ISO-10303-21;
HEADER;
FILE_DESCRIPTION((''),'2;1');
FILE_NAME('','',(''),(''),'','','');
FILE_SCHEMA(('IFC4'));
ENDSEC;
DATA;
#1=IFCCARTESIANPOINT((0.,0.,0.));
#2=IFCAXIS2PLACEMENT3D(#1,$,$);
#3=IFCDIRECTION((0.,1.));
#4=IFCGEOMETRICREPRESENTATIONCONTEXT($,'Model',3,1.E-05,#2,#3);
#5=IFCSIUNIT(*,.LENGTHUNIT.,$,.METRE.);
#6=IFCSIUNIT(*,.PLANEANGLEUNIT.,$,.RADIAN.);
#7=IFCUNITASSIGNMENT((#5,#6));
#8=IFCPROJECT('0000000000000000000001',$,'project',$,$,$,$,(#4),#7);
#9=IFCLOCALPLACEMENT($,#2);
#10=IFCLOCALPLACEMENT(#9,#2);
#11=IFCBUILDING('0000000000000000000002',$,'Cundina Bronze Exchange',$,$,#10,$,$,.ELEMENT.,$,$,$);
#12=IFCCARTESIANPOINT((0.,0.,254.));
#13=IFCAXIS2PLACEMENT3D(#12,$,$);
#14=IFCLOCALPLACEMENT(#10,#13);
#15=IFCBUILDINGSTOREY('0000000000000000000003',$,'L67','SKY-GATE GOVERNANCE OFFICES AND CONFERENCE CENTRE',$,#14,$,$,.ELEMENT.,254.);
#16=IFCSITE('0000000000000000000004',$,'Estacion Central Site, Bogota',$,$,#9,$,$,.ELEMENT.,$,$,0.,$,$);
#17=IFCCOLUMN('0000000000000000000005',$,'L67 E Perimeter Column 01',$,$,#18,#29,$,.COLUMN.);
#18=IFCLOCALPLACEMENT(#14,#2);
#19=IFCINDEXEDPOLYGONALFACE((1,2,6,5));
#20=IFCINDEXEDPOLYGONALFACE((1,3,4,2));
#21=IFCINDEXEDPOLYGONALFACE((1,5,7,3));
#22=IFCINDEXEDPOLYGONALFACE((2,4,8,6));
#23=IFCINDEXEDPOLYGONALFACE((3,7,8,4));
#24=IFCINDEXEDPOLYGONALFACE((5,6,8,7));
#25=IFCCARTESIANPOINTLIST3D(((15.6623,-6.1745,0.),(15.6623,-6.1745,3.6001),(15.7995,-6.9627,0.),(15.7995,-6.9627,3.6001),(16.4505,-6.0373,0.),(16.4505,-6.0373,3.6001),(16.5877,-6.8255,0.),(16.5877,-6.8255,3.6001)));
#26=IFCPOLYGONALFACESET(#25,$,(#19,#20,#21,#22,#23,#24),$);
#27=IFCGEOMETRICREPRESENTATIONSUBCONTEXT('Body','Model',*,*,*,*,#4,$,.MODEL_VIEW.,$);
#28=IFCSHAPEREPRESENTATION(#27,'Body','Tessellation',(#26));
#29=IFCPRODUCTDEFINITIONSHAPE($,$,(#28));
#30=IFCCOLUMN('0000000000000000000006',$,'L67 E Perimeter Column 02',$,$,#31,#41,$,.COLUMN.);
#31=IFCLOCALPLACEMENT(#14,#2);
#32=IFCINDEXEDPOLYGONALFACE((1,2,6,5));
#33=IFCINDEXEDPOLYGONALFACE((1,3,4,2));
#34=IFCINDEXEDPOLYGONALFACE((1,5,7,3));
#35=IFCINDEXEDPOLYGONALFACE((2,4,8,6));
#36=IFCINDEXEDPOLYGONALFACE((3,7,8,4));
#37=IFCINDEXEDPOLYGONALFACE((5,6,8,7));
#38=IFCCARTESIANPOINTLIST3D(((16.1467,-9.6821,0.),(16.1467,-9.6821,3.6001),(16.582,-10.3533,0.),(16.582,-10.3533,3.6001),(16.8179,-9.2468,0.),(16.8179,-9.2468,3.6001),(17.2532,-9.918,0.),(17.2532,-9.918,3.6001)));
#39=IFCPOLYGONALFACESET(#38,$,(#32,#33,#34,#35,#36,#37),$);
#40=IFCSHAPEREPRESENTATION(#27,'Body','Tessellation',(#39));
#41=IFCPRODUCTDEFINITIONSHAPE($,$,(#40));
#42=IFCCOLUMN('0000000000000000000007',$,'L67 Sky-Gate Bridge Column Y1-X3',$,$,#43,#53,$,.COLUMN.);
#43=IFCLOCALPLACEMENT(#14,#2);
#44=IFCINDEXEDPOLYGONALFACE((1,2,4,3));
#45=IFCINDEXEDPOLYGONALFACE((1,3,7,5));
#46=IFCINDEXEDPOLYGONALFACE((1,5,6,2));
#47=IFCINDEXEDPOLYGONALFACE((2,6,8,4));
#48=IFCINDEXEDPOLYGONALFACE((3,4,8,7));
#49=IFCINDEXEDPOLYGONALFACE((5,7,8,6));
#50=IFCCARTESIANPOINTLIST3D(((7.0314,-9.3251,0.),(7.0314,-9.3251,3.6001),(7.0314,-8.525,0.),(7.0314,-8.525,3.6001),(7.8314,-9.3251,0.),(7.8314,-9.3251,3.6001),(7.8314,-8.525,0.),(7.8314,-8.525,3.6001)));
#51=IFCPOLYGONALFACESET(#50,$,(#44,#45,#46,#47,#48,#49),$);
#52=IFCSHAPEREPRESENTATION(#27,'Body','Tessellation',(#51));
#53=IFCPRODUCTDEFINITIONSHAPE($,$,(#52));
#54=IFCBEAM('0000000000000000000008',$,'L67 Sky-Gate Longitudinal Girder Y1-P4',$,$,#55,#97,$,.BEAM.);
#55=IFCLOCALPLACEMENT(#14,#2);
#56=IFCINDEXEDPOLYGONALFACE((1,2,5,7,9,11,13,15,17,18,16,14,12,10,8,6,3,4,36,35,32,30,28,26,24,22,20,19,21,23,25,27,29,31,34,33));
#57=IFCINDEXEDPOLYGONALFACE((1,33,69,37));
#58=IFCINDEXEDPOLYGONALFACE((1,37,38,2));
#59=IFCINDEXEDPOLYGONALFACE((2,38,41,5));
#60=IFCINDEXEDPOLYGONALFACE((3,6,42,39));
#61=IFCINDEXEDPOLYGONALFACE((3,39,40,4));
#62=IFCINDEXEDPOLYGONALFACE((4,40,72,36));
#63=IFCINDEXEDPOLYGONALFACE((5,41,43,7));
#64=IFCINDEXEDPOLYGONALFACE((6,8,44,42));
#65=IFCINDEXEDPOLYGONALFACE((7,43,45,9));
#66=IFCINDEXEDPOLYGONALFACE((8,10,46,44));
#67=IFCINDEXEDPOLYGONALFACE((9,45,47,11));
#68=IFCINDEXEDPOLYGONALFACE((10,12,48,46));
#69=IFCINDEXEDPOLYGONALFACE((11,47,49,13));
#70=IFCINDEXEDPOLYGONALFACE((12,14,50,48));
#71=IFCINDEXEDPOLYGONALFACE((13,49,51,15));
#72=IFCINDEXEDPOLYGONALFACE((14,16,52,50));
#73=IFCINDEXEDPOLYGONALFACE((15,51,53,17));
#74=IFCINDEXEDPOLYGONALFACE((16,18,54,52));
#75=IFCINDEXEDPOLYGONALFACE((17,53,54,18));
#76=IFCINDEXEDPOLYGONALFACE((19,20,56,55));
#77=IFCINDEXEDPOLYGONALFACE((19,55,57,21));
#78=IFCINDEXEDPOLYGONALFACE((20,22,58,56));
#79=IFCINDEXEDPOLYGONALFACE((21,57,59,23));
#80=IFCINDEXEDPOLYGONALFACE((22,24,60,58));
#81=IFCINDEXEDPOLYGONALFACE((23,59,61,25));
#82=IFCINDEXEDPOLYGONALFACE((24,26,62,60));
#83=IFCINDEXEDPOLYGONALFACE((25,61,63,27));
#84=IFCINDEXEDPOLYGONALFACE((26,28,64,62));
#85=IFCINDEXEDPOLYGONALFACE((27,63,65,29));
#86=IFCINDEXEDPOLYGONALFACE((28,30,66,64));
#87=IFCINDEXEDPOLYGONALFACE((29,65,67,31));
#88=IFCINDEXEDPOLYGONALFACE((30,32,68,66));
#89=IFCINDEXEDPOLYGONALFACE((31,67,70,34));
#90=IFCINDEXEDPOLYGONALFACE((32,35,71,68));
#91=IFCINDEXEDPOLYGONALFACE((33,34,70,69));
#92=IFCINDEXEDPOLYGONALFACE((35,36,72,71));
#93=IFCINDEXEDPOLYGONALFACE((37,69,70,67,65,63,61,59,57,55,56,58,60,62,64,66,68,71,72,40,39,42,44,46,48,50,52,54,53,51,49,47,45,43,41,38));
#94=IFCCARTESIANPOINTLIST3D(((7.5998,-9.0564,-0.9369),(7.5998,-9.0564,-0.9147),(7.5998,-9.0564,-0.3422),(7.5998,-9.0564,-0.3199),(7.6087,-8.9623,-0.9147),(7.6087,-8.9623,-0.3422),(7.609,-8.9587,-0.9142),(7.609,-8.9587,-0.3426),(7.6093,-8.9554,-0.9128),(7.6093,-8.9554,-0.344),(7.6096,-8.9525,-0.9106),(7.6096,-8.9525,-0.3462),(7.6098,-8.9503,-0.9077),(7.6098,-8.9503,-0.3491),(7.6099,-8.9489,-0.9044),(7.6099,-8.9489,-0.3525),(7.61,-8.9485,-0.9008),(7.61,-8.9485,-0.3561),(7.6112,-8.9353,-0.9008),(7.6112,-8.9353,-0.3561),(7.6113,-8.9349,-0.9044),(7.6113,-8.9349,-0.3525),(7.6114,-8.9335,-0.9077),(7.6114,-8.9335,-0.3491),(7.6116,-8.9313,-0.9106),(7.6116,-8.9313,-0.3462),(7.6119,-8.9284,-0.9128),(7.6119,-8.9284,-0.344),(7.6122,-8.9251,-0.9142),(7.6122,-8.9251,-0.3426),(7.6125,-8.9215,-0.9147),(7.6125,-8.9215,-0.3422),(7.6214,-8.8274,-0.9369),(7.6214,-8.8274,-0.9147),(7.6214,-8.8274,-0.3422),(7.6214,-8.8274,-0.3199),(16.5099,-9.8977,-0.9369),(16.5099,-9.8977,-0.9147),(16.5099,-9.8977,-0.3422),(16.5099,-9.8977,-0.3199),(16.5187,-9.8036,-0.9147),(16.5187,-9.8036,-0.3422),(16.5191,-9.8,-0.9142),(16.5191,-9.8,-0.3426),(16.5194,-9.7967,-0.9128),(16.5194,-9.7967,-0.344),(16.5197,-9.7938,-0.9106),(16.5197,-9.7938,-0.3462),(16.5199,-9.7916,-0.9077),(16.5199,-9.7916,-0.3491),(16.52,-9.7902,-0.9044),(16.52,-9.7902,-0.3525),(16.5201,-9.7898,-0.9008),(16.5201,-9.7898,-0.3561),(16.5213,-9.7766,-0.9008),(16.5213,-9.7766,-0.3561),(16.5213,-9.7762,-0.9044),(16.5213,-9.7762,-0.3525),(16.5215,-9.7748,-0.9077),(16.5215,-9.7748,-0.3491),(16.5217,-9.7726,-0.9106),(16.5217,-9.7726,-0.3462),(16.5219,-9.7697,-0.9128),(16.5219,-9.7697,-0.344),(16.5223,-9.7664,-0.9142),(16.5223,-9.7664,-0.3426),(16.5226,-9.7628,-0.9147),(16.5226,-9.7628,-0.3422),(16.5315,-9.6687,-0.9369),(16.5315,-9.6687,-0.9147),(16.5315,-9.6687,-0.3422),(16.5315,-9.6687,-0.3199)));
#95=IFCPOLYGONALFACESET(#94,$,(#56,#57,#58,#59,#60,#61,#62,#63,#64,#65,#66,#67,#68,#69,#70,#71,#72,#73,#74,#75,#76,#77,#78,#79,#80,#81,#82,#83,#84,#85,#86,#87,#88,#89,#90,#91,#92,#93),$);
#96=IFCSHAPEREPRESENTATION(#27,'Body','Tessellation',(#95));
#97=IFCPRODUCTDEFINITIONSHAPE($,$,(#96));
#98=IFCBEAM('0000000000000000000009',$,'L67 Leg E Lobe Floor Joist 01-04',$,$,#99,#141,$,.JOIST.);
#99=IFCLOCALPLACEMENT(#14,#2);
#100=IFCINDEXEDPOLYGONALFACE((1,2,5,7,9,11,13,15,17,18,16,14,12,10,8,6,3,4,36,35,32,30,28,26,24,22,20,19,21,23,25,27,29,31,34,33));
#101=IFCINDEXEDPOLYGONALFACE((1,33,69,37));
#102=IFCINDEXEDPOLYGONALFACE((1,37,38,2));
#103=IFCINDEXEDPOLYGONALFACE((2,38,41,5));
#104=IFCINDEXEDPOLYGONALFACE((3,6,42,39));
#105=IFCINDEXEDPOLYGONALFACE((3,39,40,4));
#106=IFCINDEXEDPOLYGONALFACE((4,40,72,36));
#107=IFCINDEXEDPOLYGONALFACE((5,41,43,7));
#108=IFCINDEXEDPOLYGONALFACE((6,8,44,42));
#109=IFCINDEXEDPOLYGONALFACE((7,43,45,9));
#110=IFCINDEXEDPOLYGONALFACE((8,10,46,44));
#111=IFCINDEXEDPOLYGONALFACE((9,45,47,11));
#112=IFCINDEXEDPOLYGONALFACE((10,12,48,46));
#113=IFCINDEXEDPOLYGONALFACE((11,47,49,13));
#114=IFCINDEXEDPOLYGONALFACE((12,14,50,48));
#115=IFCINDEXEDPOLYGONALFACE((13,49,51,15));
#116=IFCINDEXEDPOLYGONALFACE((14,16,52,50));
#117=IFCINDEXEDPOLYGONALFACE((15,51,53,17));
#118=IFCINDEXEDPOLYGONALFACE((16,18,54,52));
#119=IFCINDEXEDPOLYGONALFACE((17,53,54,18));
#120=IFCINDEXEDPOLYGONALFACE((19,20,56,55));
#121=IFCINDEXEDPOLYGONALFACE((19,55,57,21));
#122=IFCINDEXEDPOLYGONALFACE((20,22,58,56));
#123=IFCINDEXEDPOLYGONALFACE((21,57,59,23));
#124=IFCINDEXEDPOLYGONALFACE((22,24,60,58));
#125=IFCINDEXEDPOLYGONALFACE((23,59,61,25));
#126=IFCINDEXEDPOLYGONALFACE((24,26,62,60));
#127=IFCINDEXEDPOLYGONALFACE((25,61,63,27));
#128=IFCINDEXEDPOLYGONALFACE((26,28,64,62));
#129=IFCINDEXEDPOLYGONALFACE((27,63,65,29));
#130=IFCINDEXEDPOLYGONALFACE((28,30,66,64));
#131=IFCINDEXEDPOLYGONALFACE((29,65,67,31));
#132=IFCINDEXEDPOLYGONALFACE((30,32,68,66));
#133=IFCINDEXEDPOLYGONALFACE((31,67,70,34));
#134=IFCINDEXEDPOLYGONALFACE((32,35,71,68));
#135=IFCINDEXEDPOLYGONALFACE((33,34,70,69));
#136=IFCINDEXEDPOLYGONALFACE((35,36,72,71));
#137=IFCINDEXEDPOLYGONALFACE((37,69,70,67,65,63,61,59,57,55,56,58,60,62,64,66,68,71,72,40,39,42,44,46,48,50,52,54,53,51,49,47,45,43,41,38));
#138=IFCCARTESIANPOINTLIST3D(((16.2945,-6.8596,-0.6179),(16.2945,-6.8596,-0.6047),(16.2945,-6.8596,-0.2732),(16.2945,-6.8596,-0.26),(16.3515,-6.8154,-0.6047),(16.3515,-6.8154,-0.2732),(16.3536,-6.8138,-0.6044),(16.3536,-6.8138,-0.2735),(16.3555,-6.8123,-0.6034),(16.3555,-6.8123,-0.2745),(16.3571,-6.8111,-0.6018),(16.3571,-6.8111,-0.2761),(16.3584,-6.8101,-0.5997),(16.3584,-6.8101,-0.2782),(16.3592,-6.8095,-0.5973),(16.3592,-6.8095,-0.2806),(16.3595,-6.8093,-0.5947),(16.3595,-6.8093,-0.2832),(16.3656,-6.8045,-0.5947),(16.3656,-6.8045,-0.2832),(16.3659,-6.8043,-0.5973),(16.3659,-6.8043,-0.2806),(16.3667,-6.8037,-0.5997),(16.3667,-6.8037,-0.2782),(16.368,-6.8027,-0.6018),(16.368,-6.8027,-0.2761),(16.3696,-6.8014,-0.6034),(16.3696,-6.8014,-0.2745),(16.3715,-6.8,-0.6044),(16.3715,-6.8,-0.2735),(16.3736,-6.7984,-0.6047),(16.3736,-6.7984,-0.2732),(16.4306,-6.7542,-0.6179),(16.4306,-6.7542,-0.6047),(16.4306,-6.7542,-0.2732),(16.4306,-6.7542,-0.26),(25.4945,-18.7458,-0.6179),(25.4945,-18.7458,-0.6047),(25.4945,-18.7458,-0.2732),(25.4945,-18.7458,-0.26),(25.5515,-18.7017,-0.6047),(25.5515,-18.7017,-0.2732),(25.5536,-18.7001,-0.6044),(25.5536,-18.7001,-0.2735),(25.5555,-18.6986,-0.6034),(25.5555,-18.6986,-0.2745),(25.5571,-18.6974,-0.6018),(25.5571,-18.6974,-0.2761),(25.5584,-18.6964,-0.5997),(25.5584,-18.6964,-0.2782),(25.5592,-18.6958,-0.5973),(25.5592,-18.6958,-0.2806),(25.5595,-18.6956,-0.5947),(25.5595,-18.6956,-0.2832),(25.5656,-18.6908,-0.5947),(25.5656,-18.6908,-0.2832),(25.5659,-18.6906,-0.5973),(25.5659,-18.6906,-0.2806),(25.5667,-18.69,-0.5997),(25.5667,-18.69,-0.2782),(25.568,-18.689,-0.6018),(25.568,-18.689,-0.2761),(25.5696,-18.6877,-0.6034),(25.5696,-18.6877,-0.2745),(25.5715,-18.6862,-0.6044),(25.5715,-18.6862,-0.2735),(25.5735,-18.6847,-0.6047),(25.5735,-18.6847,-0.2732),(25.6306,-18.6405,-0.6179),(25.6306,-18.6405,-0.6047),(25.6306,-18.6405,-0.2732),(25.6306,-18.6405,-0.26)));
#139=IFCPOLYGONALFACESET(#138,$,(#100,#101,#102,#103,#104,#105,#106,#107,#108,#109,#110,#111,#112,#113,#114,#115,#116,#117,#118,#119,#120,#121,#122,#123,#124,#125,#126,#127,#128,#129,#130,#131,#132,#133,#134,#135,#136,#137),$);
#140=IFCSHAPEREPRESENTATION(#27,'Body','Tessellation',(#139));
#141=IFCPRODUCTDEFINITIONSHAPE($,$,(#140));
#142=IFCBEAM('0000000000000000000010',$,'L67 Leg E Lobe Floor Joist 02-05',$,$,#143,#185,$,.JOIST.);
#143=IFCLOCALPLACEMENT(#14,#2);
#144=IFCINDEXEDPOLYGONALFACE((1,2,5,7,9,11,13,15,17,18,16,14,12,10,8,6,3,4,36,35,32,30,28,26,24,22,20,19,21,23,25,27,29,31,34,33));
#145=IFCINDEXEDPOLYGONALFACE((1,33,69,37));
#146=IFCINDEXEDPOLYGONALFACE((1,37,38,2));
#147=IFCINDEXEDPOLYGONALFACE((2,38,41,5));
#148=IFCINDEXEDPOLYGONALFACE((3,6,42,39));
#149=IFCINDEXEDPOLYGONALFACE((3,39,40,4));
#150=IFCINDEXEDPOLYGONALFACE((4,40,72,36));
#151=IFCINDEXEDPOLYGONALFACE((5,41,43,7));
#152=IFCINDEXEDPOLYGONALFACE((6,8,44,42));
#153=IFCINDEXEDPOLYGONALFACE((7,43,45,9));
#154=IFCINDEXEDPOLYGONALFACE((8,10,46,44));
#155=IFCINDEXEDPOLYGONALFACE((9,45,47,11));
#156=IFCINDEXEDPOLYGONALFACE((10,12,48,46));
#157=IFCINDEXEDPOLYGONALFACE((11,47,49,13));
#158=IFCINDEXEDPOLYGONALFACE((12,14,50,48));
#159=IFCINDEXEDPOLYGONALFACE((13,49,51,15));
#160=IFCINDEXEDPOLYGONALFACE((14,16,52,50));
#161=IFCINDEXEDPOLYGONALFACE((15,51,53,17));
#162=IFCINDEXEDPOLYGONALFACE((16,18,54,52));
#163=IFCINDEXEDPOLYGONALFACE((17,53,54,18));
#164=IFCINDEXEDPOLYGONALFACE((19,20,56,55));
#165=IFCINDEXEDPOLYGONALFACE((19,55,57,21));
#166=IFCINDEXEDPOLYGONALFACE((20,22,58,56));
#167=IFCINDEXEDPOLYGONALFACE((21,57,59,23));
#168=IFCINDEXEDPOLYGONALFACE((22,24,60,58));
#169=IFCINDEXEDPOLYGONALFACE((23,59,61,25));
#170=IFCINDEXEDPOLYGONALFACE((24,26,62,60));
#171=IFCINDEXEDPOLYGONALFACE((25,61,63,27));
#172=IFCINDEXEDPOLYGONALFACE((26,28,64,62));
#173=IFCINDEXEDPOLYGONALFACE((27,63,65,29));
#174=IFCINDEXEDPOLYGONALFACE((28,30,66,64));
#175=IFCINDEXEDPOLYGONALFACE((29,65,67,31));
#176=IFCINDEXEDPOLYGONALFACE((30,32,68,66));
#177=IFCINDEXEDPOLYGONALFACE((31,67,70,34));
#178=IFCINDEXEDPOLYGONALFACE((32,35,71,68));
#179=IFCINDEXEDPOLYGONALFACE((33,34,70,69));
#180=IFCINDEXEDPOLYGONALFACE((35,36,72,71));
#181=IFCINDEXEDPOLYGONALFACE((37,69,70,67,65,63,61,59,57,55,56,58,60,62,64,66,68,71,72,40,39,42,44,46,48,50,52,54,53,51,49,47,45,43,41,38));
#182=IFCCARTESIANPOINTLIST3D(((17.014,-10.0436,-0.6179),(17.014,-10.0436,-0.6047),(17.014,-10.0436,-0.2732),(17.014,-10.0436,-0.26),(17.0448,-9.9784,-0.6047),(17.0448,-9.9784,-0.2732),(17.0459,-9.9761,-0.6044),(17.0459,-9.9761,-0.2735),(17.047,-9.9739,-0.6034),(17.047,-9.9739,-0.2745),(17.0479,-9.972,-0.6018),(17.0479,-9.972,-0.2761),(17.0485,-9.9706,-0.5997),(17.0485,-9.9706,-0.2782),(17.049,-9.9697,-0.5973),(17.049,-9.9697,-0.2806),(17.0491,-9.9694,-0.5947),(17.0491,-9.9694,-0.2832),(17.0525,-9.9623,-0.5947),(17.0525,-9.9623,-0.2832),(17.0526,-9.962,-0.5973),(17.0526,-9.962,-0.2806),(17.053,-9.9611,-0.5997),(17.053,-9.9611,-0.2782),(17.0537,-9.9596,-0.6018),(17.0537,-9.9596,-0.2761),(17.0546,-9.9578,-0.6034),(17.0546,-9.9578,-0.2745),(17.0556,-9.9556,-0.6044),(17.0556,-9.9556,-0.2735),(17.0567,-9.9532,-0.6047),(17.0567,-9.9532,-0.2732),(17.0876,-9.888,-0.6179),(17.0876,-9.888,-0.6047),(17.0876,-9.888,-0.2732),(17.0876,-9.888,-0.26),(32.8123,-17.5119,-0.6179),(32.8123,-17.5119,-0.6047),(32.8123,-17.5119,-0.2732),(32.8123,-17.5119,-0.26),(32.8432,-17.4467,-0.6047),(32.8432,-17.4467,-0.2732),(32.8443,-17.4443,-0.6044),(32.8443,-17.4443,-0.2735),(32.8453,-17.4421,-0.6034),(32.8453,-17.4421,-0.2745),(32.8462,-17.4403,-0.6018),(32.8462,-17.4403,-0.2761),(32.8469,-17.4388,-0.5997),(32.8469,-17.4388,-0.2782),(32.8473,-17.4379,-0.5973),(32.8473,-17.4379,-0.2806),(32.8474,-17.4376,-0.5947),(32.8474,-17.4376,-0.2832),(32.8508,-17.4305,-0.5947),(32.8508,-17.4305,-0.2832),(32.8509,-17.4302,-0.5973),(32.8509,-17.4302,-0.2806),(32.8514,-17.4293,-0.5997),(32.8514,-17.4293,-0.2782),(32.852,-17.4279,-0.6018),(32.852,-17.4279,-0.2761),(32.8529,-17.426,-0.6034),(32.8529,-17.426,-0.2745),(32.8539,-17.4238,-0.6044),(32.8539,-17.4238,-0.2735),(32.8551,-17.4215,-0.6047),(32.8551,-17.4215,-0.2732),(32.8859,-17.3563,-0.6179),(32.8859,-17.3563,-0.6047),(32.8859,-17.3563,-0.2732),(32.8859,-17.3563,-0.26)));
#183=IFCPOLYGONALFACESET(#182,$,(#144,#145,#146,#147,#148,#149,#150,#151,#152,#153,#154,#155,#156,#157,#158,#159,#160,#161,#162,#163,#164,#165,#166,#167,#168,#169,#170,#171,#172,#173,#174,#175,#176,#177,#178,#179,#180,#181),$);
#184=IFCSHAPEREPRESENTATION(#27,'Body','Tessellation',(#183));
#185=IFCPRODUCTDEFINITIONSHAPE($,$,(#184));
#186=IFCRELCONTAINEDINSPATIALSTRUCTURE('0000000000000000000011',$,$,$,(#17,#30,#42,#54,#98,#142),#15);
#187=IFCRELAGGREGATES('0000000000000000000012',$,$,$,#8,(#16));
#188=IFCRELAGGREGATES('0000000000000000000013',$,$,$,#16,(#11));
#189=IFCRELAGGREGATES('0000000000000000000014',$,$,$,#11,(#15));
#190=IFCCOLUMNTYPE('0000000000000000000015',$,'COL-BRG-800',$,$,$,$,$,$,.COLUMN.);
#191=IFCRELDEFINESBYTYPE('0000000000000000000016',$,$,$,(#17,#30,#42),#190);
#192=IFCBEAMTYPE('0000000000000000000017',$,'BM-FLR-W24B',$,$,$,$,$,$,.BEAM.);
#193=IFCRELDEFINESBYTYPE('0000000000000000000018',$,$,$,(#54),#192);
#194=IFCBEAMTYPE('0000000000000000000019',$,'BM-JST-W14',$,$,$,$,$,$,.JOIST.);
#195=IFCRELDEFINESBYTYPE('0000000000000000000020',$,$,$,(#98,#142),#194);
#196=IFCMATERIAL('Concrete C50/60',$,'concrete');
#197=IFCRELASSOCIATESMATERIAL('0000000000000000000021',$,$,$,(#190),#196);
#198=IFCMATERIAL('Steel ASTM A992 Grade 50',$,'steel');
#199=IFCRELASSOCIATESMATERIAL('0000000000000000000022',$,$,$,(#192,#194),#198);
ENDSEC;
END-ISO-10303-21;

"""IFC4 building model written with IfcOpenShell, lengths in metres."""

from ifc_helpers import new_model, si_unit, direction, frame, origin, origin_2d, place, context, subcontext, project, spatial, rectangle, i_section, extrude, material, material_profile, profile_set, type_object, element, save


model = new_model("IFC4")

# Units and contexts
model_context = context("Model", 3, precision=1e-05, world=origin(), true_north=direction((0.0, 1.0)))
body_context = subcontext(model_context, "Body", "Model", "MODEL_VIEW")
ifc_project = project(units=[si_unit("LENGTHUNIT", "METRE"), si_unit("PLANEANGLEUNIT", "RADIAN")], contexts=[model_context])

# Site, building, storey
site_placement = place(None, origin())
site = spatial("IfcSite", under=ifc_project, at=site_placement, Name="Estacion Central Site, Bogota", CompositionType="ELEMENT", RefElevation=0.0)
building_placement = place(site_placement, origin())
building = spatial("IfcBuilding", under=site, at=building_placement, Name="Cundina Bronze Exchange", CompositionType="ELEMENT")
storey_placement = place(building_placement, frame((0.0, 0.0, 254.0)))
storey = spatial("IfcBuildingStorey", under=building, at=storey_placement, Name="L67", Description="SKY-GATE GOVERNANCE OFFICES AND CONFERENCE CENTRE", CompositionType="ELEMENT", Elevation=254.0)

# Columns
ifc_material_1 = material(Name="Concrete C50/60", Category="concrete")
ifc_material_profile_1 = material_profile(ifc_material_1, rectangle(XDim=0.8, YDim=0.8, at=origin_2d()), Name="RC800X800", Category="concrete")
ifc_profile_set_1 = profile_set([ifc_material_profile_1], Name="Concrete C50/60")
column_type = type_object("IfcColumnType", Name="COL-BRG-800", PredefinedType="COLUMN", material=ifc_profile_set_1)
for number, where, z_axis, x_axis, name in (
    (1, (16.125, -6.5, 0.0), (0.0, 0.0, 1.0), (0.171585, -0.985169, 0.0), "L67 E Perimeter Column 01"),
    (2, (16.7, -9.8, 0.0), (0.0, 0.0, 1.0), (0.5442, -0.838956, 0.0), "L67 E Perimeter Column 02"),
    (3, (7.4314, -8.925, 0.0), (0.0, 0.0, 1.0), (1.0, 0.0, 0.0), "L67 Sky-Gate Bridge Column Y1-X3"),
):
    element("IfcColumn", number, at=place(storey_placement, frame(where, z_axis=z_axis, x_axis=x_axis)), inside=storey, type_object=column_type, Name=name, PredefinedType="COLUMN", context=body_context, shape_type="SweptSolid", body=[
        extrude(rectangle(XDim=0.8, YDim=0.8, at=origin_2d()), origin(), (0.0, 0.0, 1.0), 3.6001),
    ])

# Beams
ifc_material_2 = material(Name="Steel ASTM A992 Grade 50", Category="steel")
ifc_material_profile_2 = material_profile(ifc_material_2, i_section(OverallWidth=0.23, OverallDepth=0.6169, WebThickness=0.0132, FlangeThickness=0.0222, FilletRadius=0.0139, at=origin_2d()), Name="W24X94", Category="steel")
ifc_profile_set_2 = profile_set([ifc_material_profile_2], Name="Steel ASTM A992 Grade 50")
beam_type_1 = type_object("IfcBeamType", Name="BM-FLR-W24B", PredefinedType="BEAM", material=ifc_profile_set_2)
beam_1_placement = place(storey_placement, frame((7.6106, -8.9419, -0.6284), z_axis=(0.995572, -0.094003, 0.0), x_axis=(0.094003, 0.995572, 0.0)))
element("IfcBeam", 4, at=beam_1_placement, inside=storey, type_object=beam_type_1, Name="L67 Sky-Gate Longitudinal Girder Y1-P4", PredefinedType="BEAM", context=body_context, shape_type="SweptSolid", body=[
    extrude(i_section(OverallWidth=0.23, OverallDepth=0.6169, WebThickness=0.0132, FlangeThickness=0.0222, FilletRadius=0.0139, at=origin_2d()), origin(), (0.0, 0.0, 1.0), 8.9497),
])
ifc_material_profile_3 = material_profile(ifc_material_2, i_section(OverallWidth=0.1721, OverallDepth=0.3579, WebThickness=0.0078, FlangeThickness=0.0132, FilletRadius=0.01, at=origin_2d()), Name="W14X38", Category="steel")
ifc_profile_set_3 = profile_set([ifc_material_profile_3], Name="Steel ASTM A992 Grade 50")
beam_type_2 = type_object("IfcBeamType", Name="BM-JST-W14", PredefinedType="JOIST", material=ifc_profile_set_3)
beam_2_placement = place(storey_placement, frame((16.3625, -6.8069, -0.439), z_axis=(0.612078, -0.790798, 0.0), x_axis=(0.790798, 0.612078, 0.0)))
element("IfcBeam", 5, at=beam_2_placement, inside=storey, type_object=beam_type_2, Name="L67 Leg E Lobe Floor Joist 01-04", PredefinedType="JOIST", context=body_context, shape_type="SweptSolid", body=[
    extrude(i_section(OverallWidth=0.1721, OverallDepth=0.3579, WebThickness=0.0078, FlangeThickness=0.0132, FilletRadius=0.01, at=origin_2d()), origin(), (0.0, 0.0, 1.0), 15.0308),
])
beam_3_placement = place(storey_placement, frame((17.0508, -9.9658, -0.439), z_axis=(0.904073, -0.427378, 0.0), x_axis=(0.427378, 0.904073, 0.0)))
element("IfcBeam", 6, at=beam_3_placement, inside=storey, type_object=beam_type_2, Name="L67 Leg E Lobe Floor Joist 02-05", PredefinedType="JOIST", context=body_context, shape_type="SweptSolid", body=[
    extrude(i_section(OverallWidth=0.1721, OverallDepth=0.3579, WebThickness=0.0078, FlangeThickness=0.0132, FilletRadius=0.01, at=origin_2d()), origin(), (0.0, 0.0, 1.0), 17.4746),
])

save(model, "model.ifc")
